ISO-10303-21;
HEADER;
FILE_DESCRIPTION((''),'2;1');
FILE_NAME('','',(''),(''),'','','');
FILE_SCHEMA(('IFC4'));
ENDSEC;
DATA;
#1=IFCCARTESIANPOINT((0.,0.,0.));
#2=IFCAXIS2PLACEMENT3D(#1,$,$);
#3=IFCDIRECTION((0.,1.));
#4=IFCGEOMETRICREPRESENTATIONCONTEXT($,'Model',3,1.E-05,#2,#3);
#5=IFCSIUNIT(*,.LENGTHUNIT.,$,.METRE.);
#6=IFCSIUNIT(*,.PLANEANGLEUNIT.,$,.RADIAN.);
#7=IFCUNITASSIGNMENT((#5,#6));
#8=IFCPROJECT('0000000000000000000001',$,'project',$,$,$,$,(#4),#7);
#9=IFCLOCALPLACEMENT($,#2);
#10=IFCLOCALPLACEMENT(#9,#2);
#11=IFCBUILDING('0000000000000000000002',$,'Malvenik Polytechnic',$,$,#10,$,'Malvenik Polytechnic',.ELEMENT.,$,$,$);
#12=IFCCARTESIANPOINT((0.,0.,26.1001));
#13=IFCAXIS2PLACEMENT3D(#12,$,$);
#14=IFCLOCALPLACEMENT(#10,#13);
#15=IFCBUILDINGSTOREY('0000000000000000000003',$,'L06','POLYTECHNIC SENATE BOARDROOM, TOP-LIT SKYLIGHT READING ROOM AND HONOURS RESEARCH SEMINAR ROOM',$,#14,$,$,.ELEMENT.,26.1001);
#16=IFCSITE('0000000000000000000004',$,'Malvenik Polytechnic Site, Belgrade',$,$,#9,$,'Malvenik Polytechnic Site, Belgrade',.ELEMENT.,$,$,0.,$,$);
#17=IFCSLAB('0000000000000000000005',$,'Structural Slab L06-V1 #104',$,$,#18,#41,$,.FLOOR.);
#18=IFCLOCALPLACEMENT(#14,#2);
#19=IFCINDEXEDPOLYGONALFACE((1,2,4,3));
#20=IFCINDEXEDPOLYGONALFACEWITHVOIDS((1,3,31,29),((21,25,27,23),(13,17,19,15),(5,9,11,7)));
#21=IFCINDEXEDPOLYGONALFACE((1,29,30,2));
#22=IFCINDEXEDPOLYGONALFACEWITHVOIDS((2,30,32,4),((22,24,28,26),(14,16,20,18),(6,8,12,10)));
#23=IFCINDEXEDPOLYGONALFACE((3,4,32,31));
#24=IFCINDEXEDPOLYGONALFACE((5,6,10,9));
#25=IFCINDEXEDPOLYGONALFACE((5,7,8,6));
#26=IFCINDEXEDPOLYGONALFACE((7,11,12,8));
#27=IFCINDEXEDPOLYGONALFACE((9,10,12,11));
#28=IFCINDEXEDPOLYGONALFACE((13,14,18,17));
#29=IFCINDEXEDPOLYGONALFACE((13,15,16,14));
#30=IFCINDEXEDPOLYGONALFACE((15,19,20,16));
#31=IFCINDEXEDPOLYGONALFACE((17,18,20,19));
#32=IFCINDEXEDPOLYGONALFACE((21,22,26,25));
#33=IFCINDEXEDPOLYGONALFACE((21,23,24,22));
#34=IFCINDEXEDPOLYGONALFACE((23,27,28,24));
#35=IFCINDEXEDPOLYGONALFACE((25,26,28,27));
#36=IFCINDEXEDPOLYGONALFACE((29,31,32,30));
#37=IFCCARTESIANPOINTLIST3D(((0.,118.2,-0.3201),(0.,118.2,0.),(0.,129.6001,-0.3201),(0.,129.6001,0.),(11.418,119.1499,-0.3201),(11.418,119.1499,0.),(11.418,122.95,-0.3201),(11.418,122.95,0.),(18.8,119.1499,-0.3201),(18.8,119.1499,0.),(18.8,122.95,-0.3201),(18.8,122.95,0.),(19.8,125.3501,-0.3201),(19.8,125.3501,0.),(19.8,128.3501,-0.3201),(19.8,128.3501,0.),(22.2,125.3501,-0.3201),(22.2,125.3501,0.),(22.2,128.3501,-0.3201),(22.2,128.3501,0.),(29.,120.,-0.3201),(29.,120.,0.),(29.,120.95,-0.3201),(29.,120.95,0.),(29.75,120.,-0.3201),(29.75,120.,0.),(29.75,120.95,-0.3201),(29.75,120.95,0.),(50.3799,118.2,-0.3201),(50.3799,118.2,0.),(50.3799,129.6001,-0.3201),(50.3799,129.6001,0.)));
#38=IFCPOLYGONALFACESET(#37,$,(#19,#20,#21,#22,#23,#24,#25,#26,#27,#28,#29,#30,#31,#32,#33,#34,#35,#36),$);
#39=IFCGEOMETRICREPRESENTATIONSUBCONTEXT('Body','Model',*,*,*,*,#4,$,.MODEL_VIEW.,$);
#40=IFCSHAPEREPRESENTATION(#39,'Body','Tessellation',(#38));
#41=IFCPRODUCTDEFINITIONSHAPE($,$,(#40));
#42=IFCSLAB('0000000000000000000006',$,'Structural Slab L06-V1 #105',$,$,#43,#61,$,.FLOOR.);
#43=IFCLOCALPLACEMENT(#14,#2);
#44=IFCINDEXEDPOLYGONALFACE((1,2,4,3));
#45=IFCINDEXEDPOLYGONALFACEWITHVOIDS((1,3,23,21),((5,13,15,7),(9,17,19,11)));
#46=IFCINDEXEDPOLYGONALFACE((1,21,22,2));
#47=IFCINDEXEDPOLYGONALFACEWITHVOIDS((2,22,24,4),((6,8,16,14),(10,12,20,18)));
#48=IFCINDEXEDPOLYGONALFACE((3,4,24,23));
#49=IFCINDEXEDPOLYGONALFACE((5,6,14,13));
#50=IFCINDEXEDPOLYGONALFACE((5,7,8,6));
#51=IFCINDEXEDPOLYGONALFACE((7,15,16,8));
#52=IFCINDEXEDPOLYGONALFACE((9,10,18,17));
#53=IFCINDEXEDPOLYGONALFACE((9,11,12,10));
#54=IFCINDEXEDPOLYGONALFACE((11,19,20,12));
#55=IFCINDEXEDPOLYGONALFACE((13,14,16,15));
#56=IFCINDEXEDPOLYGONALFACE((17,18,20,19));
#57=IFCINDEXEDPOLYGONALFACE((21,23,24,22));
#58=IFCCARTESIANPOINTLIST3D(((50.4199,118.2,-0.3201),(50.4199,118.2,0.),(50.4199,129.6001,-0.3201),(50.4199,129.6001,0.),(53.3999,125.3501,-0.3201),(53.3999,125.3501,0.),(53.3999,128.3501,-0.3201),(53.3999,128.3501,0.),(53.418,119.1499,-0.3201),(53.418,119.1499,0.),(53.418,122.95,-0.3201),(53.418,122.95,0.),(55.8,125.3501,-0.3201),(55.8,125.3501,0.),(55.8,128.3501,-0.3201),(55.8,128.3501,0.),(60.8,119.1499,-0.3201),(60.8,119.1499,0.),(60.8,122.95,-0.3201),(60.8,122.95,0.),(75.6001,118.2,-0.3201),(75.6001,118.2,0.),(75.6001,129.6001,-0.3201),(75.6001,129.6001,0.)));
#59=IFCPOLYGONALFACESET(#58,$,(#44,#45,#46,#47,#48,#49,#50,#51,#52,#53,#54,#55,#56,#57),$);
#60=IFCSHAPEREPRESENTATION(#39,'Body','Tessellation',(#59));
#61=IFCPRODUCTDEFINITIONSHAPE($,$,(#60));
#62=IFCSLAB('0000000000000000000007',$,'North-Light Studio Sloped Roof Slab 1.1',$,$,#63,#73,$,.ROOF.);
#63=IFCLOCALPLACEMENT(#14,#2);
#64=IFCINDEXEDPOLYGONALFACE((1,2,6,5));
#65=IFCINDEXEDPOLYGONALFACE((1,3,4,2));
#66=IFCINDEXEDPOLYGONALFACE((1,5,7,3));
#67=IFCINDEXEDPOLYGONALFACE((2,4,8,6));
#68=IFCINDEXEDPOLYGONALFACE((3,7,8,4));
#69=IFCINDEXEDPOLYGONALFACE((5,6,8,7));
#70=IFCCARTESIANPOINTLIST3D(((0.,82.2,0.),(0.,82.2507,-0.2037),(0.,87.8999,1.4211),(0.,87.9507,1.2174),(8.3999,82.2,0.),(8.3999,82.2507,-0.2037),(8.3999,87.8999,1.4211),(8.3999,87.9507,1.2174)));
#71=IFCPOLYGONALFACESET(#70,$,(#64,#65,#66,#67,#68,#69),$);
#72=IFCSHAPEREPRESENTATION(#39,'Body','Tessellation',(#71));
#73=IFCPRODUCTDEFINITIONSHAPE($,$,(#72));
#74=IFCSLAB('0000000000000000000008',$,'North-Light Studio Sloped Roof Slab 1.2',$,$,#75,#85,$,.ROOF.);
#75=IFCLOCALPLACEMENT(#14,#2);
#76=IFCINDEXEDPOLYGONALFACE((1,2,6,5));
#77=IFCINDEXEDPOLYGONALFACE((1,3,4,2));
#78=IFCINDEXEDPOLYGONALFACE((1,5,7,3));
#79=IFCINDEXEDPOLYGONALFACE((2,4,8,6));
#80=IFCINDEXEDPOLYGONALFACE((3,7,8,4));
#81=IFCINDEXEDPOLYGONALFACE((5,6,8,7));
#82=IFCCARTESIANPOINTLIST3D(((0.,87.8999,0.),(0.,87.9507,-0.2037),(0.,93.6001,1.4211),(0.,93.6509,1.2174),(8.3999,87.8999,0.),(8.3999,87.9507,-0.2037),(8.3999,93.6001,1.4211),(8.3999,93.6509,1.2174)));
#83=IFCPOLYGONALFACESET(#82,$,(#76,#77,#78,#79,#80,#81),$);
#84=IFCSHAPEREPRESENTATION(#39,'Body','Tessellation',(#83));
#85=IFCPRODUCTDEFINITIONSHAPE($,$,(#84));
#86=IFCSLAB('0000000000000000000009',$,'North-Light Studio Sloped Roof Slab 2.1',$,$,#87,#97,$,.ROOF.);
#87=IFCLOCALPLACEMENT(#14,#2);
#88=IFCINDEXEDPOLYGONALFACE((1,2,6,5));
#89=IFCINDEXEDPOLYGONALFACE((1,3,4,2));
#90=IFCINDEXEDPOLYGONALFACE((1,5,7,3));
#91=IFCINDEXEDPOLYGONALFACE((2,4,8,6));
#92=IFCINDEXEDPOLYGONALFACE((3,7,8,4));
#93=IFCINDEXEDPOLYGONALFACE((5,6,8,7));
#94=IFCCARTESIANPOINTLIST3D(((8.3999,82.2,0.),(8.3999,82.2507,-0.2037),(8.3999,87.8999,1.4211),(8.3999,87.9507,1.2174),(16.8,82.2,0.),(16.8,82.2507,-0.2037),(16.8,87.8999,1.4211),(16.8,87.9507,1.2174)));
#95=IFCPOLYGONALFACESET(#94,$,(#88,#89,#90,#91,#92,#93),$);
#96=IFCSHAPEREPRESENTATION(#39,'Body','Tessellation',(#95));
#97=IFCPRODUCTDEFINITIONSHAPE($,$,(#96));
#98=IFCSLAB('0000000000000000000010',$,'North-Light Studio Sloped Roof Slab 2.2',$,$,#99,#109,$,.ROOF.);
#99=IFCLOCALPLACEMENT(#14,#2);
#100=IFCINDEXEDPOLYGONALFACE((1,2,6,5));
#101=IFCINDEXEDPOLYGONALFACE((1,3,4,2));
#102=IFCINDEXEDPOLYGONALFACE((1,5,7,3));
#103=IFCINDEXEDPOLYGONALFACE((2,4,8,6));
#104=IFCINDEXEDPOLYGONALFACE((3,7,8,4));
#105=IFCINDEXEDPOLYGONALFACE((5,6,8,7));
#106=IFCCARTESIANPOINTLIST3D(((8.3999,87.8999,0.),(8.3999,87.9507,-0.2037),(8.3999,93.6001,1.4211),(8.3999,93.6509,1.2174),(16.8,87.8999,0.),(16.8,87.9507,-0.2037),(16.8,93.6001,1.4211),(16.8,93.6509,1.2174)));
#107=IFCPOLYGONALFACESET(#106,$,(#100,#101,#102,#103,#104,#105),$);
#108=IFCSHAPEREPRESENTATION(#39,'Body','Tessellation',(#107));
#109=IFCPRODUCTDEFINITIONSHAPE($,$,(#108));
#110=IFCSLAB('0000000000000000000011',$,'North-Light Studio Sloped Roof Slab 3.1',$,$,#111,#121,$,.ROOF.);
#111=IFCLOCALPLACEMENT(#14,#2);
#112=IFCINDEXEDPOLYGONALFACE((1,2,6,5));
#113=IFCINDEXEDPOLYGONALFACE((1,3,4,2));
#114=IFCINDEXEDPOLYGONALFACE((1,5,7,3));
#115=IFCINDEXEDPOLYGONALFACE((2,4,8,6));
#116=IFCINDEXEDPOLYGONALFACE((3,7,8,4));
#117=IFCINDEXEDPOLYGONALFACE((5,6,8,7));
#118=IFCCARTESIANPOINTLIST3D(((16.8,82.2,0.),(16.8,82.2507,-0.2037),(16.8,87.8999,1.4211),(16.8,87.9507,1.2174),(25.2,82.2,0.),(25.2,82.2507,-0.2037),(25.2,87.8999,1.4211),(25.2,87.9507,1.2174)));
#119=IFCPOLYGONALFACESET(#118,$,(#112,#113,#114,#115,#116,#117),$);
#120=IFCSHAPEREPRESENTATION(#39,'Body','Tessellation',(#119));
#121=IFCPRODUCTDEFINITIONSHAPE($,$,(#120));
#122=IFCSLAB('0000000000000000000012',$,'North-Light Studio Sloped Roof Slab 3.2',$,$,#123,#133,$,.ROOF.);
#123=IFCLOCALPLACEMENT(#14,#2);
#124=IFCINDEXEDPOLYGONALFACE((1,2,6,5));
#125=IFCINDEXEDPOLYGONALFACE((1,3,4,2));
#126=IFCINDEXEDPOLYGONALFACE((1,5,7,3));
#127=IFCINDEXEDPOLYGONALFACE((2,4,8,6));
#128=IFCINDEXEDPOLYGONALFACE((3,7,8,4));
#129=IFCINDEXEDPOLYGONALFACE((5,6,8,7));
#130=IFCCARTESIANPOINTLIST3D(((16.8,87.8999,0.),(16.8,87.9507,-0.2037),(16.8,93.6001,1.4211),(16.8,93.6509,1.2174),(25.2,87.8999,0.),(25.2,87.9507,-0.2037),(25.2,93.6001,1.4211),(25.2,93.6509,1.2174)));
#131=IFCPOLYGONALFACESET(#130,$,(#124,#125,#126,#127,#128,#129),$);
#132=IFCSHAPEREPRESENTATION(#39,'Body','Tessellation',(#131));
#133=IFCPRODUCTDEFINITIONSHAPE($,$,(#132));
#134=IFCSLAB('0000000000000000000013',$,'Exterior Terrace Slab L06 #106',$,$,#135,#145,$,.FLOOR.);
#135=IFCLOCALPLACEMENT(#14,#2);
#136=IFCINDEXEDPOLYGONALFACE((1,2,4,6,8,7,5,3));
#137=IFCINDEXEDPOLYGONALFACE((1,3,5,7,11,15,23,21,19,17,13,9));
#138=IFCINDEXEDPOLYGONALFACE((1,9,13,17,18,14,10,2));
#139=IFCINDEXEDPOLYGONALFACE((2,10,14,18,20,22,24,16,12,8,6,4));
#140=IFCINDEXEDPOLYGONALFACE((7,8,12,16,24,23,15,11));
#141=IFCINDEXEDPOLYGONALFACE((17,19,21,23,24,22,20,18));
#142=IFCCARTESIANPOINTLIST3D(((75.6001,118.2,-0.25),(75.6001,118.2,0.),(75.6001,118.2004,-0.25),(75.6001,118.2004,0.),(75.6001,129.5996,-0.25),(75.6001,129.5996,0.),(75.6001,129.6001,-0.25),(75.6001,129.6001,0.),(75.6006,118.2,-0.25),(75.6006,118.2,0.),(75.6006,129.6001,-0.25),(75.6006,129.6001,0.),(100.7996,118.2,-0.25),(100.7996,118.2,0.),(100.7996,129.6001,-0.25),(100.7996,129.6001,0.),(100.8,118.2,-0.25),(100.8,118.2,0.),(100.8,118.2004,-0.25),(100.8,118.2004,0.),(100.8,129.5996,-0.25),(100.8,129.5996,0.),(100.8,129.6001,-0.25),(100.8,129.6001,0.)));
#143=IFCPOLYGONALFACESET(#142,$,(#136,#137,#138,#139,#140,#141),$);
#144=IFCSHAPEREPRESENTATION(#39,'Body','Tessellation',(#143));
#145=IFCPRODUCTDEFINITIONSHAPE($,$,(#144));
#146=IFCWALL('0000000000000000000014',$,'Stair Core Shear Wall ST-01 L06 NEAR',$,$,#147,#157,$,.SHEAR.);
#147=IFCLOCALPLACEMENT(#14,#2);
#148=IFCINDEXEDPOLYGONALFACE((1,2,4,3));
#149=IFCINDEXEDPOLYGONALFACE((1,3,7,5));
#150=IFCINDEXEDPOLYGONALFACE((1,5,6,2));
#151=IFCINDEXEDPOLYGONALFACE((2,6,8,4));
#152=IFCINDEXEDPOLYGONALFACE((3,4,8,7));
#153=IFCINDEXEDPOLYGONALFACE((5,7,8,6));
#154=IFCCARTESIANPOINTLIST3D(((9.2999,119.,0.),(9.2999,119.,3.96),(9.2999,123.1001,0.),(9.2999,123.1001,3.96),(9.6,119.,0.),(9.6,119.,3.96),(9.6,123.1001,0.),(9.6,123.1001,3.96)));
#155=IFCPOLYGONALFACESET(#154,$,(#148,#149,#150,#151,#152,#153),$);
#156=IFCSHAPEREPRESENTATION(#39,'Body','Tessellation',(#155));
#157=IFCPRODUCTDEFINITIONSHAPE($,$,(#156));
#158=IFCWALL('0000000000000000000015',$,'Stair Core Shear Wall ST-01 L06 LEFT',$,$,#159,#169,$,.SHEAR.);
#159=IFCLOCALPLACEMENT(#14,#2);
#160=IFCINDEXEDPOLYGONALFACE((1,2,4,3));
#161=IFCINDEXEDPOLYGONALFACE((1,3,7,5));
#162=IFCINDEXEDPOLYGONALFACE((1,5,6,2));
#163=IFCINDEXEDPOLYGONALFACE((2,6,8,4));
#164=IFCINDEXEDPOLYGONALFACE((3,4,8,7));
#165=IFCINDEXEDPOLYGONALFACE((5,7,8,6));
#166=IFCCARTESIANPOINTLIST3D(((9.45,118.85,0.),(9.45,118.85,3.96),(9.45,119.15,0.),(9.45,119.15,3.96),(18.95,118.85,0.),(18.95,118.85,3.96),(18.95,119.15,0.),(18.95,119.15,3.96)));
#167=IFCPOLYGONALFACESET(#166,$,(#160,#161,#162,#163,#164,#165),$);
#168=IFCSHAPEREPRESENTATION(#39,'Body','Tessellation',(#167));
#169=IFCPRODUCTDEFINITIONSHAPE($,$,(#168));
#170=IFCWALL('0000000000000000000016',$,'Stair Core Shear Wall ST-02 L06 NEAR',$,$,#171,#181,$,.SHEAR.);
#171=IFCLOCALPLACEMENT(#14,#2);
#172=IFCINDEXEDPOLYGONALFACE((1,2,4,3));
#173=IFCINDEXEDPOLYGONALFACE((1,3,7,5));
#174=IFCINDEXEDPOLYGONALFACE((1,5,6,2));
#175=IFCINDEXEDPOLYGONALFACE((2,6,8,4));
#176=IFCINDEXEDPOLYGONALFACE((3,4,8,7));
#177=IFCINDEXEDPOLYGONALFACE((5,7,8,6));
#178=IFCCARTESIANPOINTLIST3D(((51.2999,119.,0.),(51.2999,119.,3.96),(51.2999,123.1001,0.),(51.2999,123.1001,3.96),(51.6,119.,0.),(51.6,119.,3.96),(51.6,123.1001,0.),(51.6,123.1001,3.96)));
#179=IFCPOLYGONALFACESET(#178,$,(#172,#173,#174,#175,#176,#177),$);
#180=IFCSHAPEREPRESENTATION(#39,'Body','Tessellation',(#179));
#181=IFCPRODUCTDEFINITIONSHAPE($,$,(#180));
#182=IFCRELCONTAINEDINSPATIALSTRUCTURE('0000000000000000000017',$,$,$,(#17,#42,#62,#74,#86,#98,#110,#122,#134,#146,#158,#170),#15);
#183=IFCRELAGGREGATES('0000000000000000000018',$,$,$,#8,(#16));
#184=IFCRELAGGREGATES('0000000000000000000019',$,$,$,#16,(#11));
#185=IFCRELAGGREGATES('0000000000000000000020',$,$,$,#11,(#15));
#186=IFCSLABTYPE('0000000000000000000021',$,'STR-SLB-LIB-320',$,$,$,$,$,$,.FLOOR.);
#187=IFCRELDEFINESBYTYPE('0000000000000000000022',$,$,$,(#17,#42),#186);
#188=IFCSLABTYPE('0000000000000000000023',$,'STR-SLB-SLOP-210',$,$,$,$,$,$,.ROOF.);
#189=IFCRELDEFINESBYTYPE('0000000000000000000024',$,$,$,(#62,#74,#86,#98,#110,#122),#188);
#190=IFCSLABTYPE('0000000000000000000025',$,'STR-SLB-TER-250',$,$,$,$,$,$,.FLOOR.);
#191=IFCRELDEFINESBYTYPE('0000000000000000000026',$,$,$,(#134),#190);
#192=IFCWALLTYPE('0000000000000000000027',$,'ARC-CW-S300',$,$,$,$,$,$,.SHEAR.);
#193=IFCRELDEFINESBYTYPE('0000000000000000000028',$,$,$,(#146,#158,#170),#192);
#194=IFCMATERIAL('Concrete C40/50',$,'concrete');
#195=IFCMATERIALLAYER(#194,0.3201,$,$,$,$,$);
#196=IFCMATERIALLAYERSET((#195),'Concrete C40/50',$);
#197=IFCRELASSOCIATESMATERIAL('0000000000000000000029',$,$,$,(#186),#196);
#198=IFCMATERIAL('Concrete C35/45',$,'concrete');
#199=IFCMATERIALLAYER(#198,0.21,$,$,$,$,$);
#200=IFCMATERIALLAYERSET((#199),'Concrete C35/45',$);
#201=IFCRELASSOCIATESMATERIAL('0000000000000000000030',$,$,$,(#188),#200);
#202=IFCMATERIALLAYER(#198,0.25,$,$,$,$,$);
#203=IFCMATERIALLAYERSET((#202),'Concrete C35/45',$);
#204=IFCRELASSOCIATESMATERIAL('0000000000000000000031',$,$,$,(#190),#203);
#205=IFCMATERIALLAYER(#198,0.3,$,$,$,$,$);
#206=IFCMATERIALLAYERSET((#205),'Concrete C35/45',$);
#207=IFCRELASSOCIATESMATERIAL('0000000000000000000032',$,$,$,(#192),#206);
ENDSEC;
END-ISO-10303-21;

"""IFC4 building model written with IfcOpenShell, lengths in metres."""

from ifc_helpers import new_model, si_unit, direction, frame, frame_2d, origin, place, context, subcontext, project, spatial, polyline, rectangle, outline, extrude, material, layer, layer_set, type_object, element, save


model = new_model("IFC4")

# Units and contexts
model_context = context("Model", 3, precision=1e-05, world=origin(), true_north=direction((0.0, 1.0)))
body_context = subcontext(model_context, "Body", "Model", "MODEL_VIEW")
ifc_project = project(units=[si_unit("LENGTHUNIT", "METRE"), si_unit("PLANEANGLEUNIT", "RADIAN")], contexts=[model_context])

# Site, building, storey
site_placement = place(None, origin())
site = spatial("IfcSite", under=ifc_project, at=site_placement, Name="Malvenik Polytechnic Site, Belgrade", LongName="Malvenik Polytechnic Site, Belgrade", CompositionType="ELEMENT", RefElevation=0.0)
building_placement = place(site_placement, origin())
building = spatial("IfcBuilding", under=site, at=building_placement, Name="Malvenik Polytechnic", LongName="Malvenik Polytechnic", CompositionType="ELEMENT")
storey_placement = place(building_placement, frame((0.0, 0.0, 26.1001)))
storey = spatial("IfcBuildingStorey", under=building, at=storey_placement, Name="L06", Description="POLYTECHNIC SENATE BOARDROOM, TOP-LIT SKYLIGHT READING ROOM AND HONOURS RESEARCH SEMINAR ROOM", CompositionType="ELEMENT", Elevation=26.1001)

# Slabs
ifc_material_1 = material(Name="Concrete C40/50", Category="concrete")
ifc_layer_1 = layer(ifc_material_1, 0.3201)
ifc_layer_set_1 = layer_set([ifc_layer_1], Name="Concrete C40/50")
slab_type_1 = type_object("IfcSlabType", Name="STR-SLB-LIB-320", PredefinedType="FLOOR", material=ifc_layer_set_1)
slab_1_placement = place(storey_placement, frame((0.0, 0.0, -0.3201)))
element("IfcSlab", 1, at=slab_1_placement, inside=storey, type_object=slab_type_1, Name="Structural Slab L06-V1 #104", PredefinedType="FLOOR", context=body_context, shape_type="SweptSolid", body=[
    extrude(outline(polyline([(0.0, 129.6001), (50.3799, 129.6001), (50.3799, 118.2), (0.0, 118.2), (0.0, 129.6001)]), holes=[polyline([(29.75, 120.0), (29.75, 120.95), (29.0, 120.95), (29.0, 120.0), (29.75, 120.0)]), polyline([(11.418, 119.1499), (18.8, 119.1499), (18.8, 122.95), (11.418, 122.95), (11.418, 119.1499)]), polyline([(19.8, 125.3501), (22.2, 125.3501), (22.2, 128.3501), (19.8, 128.3501), (19.8, 125.3501)])]), origin(), (0.0, 0.0, 1.0), 0.3201),
])
slab_2_placement = place(storey_placement, frame((0.0, 0.0, -0.3201)))
element("IfcSlab", 2, at=slab_2_placement, inside=storey, type_object=slab_type_1, Name="Structural Slab L06-V1 #105", PredefinedType="FLOOR", context=body_context, shape_type="SweptSolid", body=[
    extrude(outline(polyline([(75.6001, 129.6001), (75.6001, 118.2), (50.4199, 118.2), (50.4199, 129.6001), (75.6001, 129.6001)]), holes=[polyline([(53.418, 119.1499), (60.8, 119.1499), (60.8, 122.95), (53.418, 122.95), (53.418, 119.1499)]), polyline([(53.3999, 125.3501), (55.8, 125.3501), (55.8, 128.3501), (53.3999, 128.3501), (53.3999, 125.3501)])]), origin(), (0.0, 0.0, 1.0), 0.3201),
])
ifc_material_2 = material(Name="Concrete C35/45", Category="concrete")
ifc_layer_2 = layer(ifc_material_2, 0.21)
ifc_layer_set_2 = layer_set([ifc_layer_2], Name="Concrete C35/45")
slab_type_2 = type_object("IfcSlabType", Name="STR-SLB-SLOP-210", PredefinedType="ROOF", material=ifc_layer_set_2)
slab_3_placement = place(storey_placement, frame((0.0, 82.2, 0.0), z_axis=(0.0, -0.24192, 0.970296), x_axis=(1.0, 0.0, 0.0)))
element("IfcSlab", 3, at=slab_3_placement, inside=storey, type_object=slab_type_2, Name="North-Light Studio Sloped Roof Slab 1.1", PredefinedType="ROOF", context=body_context, shape_type="SweptSolid", body=[
    extrude(outline(polyline([(0.0, 0.0), (8.3999, 0.0), (8.3999, 5.8744), (0.0, 5.8744), (0.0, 0.0)])), origin(), (0.0, 0.0, -1.0), 0.21),
])
slab_4_placement = place(storey_placement, frame((0.0, 87.8999, 0.0), z_axis=(0.0, -0.24191, 0.970299), x_axis=(1.0, 0.0, 0.0)))
element("IfcSlab", 4, at=slab_4_placement, inside=storey, type_object=slab_type_2, Name="North-Light Studio Sloped Roof Slab 1.2", PredefinedType="ROOF", context=body_context, shape_type="SweptSolid", body=[
    extrude(outline(polyline([(0.0, 0.0), (8.3999, 0.0), (8.3999, 5.8747), (0.0, 5.8747), (0.0, 0.0)])), origin(), (0.0, 0.0, -1.0), 0.21),
])
slab_5_placement = place(storey_placement, frame((8.3999, 82.2, 0.0), z_axis=(0.0, -0.24192, 0.970296), x_axis=(1.0, 0.0, 0.0)))
element("IfcSlab", 5, at=slab_5_placement, inside=storey, type_object=slab_type_2, Name="North-Light Studio Sloped Roof Slab 2.1", PredefinedType="ROOF", context=body_context, shape_type="SweptSolid", body=[
    extrude(outline(polyline([(0.0, 0.0), (8.4001, 0.0), (8.4001, 5.8744), (0.0, 5.8744), (0.0, 0.0)])), origin(), (0.0, 0.0, -1.0), 0.21),
])
slab_6_placement = place(storey_placement, frame((8.3999, 87.8999, 0.0), z_axis=(0.0, -0.24191, 0.970299), x_axis=(1.0, 0.0, 0.0)))
element("IfcSlab", 6, at=slab_6_placement, inside=storey, type_object=slab_type_2, Name="North-Light Studio Sloped Roof Slab 2.2", PredefinedType="ROOF", context=body_context, shape_type="SweptSolid", body=[
    extrude(outline(polyline([(0.0, 0.0), (8.4001, 0.0), (8.4001, 5.8747), (0.0, 5.8747), (0.0, 0.0)])), origin(), (0.0, 0.0, -1.0), 0.21),
])
slab_7_placement = place(storey_placement, frame((16.8, 82.2, 0.0), z_axis=(0.0, -0.24192, 0.970296), x_axis=(1.0, 0.0, 0.0)))
element("IfcSlab", 7, at=slab_7_placement, inside=storey, type_object=slab_type_2, Name="North-Light Studio Sloped Roof Slab 3.1", PredefinedType="ROOF", context=body_context, shape_type="SweptSolid", body=[
    extrude(outline(polyline([(0.0, 0.0), (8.3999, 0.0), (8.3999, 5.8744), (0.0, 5.8744), (0.0, 0.0)])), origin(), (0.0, 0.0, -1.0), 0.21),
])
slab_8_placement = place(storey_placement, frame((16.8, 87.8999, 0.0), z_axis=(0.0, -0.24191, 0.970299), x_axis=(1.0, 0.0, 0.0)))
element("IfcSlab", 8, at=slab_8_placement, inside=storey, type_object=slab_type_2, Name="North-Light Studio Sloped Roof Slab 3.2", PredefinedType="ROOF", context=body_context, shape_type="SweptSolid", body=[
    extrude(outline(polyline([(0.0, 0.0), (8.3999, 0.0), (8.3999, 5.8747), (0.0, 5.8747), (0.0, 0.0)])), origin(), (0.0, 0.0, -1.0), 0.21),
])
ifc_layer_3 = layer(ifc_material_2, 0.25)
ifc_layer_set_3 = layer_set([ifc_layer_3], Name="Concrete C35/45")
slab_type_3 = type_object("IfcSlabType", Name="STR-SLB-TER-250", PredefinedType="FLOOR", material=ifc_layer_set_3)
slab_9_placement = place(storey_placement, frame((0.0, 0.0, -0.25)))
element("IfcSlab", 9, at=slab_9_placement, inside=storey, type_object=slab_type_3, Name="Exterior Terrace Slab L06 #106", PredefinedType="FLOOR", context=body_context, shape_type="SweptSolid", body=[
    extrude(outline(polyline([(75.6001, 129.6001), (75.6006, 129.6001), (100.7996, 129.6001), (100.8, 129.6001), (100.8, 129.5996), (100.8, 118.2004), (100.8, 118.2), (100.7996, 118.2), (75.6006, 118.2), (75.6001, 118.2), (75.6001, 118.2004), (75.6001, 129.5996), (75.6001, 129.6001)])), origin(), (0.0, 0.0, 1.0), 0.25),
])

# Walls
ifc_layer_4 = layer(ifc_material_2, 0.3)
ifc_layer_set_4 = layer_set([ifc_layer_4], Name="Concrete C35/45")
wall_type_1 = type_object("IfcWallType", Name="ARC-CW-S300", PredefinedType="SHEAR", material=ifc_layer_set_4)
wall_1_placement = place(storey_placement, frame((9.45, 119.0, 0.0), z_axis=(0.0, 0.0, 1.0), x_axis=(0.0, 1.0, 0.0)))
element("IfcWall", 10, at=wall_1_placement, inside=storey, type_object=wall_type_1, Name="Stair Core Shear Wall ST-01 L06 NEAR", PredefinedType="SHEAR", context=body_context, shape_type="SweptSolid", body=[
    extrude(rectangle(XDim=4.1001, YDim=0.3, at=frame_2d((2.05, 0.0))), origin(), (0.0, 0.0, 1.0), 3.96),
])
wall_2_placement = place(storey_placement, frame((18.95, 119.0, 0.0), z_axis=(0.0, 0.0, 1.0), x_axis=(-1.0, 0.0, 0.0)))
element("IfcWall", 11, at=wall_2_placement, inside=storey, type_object=wall_type_1, Name="Stair Core Shear Wall ST-01 L06 LEFT", PredefinedType="SHEAR", context=body_context, shape_type="SweptSolid", body=[
    extrude(rectangle(XDim=9.5, YDim=0.3, at=frame_2d((4.75, 0.0))), origin(), (0.0, 0.0, 1.0), 3.96),
])
wall_3_placement = place(storey_placement, frame((51.45, 119.0, 0.0), z_axis=(0.0, 0.0, 1.0), x_axis=(0.0, 1.0, 0.0)))
element("IfcWall", 12, at=wall_3_placement, inside=storey, type_object=wall_type_1, Name="Stair Core Shear Wall ST-02 L06 NEAR", PredefinedType="SHEAR", context=body_context, shape_type="SweptSolid", body=[
    extrude(rectangle(XDim=4.1001, YDim=0.3, at=frame_2d((2.05, 0.0))), origin(), (0.0, 0.0, 1.0), 3.96),
])

save(model, "model.ifc")
